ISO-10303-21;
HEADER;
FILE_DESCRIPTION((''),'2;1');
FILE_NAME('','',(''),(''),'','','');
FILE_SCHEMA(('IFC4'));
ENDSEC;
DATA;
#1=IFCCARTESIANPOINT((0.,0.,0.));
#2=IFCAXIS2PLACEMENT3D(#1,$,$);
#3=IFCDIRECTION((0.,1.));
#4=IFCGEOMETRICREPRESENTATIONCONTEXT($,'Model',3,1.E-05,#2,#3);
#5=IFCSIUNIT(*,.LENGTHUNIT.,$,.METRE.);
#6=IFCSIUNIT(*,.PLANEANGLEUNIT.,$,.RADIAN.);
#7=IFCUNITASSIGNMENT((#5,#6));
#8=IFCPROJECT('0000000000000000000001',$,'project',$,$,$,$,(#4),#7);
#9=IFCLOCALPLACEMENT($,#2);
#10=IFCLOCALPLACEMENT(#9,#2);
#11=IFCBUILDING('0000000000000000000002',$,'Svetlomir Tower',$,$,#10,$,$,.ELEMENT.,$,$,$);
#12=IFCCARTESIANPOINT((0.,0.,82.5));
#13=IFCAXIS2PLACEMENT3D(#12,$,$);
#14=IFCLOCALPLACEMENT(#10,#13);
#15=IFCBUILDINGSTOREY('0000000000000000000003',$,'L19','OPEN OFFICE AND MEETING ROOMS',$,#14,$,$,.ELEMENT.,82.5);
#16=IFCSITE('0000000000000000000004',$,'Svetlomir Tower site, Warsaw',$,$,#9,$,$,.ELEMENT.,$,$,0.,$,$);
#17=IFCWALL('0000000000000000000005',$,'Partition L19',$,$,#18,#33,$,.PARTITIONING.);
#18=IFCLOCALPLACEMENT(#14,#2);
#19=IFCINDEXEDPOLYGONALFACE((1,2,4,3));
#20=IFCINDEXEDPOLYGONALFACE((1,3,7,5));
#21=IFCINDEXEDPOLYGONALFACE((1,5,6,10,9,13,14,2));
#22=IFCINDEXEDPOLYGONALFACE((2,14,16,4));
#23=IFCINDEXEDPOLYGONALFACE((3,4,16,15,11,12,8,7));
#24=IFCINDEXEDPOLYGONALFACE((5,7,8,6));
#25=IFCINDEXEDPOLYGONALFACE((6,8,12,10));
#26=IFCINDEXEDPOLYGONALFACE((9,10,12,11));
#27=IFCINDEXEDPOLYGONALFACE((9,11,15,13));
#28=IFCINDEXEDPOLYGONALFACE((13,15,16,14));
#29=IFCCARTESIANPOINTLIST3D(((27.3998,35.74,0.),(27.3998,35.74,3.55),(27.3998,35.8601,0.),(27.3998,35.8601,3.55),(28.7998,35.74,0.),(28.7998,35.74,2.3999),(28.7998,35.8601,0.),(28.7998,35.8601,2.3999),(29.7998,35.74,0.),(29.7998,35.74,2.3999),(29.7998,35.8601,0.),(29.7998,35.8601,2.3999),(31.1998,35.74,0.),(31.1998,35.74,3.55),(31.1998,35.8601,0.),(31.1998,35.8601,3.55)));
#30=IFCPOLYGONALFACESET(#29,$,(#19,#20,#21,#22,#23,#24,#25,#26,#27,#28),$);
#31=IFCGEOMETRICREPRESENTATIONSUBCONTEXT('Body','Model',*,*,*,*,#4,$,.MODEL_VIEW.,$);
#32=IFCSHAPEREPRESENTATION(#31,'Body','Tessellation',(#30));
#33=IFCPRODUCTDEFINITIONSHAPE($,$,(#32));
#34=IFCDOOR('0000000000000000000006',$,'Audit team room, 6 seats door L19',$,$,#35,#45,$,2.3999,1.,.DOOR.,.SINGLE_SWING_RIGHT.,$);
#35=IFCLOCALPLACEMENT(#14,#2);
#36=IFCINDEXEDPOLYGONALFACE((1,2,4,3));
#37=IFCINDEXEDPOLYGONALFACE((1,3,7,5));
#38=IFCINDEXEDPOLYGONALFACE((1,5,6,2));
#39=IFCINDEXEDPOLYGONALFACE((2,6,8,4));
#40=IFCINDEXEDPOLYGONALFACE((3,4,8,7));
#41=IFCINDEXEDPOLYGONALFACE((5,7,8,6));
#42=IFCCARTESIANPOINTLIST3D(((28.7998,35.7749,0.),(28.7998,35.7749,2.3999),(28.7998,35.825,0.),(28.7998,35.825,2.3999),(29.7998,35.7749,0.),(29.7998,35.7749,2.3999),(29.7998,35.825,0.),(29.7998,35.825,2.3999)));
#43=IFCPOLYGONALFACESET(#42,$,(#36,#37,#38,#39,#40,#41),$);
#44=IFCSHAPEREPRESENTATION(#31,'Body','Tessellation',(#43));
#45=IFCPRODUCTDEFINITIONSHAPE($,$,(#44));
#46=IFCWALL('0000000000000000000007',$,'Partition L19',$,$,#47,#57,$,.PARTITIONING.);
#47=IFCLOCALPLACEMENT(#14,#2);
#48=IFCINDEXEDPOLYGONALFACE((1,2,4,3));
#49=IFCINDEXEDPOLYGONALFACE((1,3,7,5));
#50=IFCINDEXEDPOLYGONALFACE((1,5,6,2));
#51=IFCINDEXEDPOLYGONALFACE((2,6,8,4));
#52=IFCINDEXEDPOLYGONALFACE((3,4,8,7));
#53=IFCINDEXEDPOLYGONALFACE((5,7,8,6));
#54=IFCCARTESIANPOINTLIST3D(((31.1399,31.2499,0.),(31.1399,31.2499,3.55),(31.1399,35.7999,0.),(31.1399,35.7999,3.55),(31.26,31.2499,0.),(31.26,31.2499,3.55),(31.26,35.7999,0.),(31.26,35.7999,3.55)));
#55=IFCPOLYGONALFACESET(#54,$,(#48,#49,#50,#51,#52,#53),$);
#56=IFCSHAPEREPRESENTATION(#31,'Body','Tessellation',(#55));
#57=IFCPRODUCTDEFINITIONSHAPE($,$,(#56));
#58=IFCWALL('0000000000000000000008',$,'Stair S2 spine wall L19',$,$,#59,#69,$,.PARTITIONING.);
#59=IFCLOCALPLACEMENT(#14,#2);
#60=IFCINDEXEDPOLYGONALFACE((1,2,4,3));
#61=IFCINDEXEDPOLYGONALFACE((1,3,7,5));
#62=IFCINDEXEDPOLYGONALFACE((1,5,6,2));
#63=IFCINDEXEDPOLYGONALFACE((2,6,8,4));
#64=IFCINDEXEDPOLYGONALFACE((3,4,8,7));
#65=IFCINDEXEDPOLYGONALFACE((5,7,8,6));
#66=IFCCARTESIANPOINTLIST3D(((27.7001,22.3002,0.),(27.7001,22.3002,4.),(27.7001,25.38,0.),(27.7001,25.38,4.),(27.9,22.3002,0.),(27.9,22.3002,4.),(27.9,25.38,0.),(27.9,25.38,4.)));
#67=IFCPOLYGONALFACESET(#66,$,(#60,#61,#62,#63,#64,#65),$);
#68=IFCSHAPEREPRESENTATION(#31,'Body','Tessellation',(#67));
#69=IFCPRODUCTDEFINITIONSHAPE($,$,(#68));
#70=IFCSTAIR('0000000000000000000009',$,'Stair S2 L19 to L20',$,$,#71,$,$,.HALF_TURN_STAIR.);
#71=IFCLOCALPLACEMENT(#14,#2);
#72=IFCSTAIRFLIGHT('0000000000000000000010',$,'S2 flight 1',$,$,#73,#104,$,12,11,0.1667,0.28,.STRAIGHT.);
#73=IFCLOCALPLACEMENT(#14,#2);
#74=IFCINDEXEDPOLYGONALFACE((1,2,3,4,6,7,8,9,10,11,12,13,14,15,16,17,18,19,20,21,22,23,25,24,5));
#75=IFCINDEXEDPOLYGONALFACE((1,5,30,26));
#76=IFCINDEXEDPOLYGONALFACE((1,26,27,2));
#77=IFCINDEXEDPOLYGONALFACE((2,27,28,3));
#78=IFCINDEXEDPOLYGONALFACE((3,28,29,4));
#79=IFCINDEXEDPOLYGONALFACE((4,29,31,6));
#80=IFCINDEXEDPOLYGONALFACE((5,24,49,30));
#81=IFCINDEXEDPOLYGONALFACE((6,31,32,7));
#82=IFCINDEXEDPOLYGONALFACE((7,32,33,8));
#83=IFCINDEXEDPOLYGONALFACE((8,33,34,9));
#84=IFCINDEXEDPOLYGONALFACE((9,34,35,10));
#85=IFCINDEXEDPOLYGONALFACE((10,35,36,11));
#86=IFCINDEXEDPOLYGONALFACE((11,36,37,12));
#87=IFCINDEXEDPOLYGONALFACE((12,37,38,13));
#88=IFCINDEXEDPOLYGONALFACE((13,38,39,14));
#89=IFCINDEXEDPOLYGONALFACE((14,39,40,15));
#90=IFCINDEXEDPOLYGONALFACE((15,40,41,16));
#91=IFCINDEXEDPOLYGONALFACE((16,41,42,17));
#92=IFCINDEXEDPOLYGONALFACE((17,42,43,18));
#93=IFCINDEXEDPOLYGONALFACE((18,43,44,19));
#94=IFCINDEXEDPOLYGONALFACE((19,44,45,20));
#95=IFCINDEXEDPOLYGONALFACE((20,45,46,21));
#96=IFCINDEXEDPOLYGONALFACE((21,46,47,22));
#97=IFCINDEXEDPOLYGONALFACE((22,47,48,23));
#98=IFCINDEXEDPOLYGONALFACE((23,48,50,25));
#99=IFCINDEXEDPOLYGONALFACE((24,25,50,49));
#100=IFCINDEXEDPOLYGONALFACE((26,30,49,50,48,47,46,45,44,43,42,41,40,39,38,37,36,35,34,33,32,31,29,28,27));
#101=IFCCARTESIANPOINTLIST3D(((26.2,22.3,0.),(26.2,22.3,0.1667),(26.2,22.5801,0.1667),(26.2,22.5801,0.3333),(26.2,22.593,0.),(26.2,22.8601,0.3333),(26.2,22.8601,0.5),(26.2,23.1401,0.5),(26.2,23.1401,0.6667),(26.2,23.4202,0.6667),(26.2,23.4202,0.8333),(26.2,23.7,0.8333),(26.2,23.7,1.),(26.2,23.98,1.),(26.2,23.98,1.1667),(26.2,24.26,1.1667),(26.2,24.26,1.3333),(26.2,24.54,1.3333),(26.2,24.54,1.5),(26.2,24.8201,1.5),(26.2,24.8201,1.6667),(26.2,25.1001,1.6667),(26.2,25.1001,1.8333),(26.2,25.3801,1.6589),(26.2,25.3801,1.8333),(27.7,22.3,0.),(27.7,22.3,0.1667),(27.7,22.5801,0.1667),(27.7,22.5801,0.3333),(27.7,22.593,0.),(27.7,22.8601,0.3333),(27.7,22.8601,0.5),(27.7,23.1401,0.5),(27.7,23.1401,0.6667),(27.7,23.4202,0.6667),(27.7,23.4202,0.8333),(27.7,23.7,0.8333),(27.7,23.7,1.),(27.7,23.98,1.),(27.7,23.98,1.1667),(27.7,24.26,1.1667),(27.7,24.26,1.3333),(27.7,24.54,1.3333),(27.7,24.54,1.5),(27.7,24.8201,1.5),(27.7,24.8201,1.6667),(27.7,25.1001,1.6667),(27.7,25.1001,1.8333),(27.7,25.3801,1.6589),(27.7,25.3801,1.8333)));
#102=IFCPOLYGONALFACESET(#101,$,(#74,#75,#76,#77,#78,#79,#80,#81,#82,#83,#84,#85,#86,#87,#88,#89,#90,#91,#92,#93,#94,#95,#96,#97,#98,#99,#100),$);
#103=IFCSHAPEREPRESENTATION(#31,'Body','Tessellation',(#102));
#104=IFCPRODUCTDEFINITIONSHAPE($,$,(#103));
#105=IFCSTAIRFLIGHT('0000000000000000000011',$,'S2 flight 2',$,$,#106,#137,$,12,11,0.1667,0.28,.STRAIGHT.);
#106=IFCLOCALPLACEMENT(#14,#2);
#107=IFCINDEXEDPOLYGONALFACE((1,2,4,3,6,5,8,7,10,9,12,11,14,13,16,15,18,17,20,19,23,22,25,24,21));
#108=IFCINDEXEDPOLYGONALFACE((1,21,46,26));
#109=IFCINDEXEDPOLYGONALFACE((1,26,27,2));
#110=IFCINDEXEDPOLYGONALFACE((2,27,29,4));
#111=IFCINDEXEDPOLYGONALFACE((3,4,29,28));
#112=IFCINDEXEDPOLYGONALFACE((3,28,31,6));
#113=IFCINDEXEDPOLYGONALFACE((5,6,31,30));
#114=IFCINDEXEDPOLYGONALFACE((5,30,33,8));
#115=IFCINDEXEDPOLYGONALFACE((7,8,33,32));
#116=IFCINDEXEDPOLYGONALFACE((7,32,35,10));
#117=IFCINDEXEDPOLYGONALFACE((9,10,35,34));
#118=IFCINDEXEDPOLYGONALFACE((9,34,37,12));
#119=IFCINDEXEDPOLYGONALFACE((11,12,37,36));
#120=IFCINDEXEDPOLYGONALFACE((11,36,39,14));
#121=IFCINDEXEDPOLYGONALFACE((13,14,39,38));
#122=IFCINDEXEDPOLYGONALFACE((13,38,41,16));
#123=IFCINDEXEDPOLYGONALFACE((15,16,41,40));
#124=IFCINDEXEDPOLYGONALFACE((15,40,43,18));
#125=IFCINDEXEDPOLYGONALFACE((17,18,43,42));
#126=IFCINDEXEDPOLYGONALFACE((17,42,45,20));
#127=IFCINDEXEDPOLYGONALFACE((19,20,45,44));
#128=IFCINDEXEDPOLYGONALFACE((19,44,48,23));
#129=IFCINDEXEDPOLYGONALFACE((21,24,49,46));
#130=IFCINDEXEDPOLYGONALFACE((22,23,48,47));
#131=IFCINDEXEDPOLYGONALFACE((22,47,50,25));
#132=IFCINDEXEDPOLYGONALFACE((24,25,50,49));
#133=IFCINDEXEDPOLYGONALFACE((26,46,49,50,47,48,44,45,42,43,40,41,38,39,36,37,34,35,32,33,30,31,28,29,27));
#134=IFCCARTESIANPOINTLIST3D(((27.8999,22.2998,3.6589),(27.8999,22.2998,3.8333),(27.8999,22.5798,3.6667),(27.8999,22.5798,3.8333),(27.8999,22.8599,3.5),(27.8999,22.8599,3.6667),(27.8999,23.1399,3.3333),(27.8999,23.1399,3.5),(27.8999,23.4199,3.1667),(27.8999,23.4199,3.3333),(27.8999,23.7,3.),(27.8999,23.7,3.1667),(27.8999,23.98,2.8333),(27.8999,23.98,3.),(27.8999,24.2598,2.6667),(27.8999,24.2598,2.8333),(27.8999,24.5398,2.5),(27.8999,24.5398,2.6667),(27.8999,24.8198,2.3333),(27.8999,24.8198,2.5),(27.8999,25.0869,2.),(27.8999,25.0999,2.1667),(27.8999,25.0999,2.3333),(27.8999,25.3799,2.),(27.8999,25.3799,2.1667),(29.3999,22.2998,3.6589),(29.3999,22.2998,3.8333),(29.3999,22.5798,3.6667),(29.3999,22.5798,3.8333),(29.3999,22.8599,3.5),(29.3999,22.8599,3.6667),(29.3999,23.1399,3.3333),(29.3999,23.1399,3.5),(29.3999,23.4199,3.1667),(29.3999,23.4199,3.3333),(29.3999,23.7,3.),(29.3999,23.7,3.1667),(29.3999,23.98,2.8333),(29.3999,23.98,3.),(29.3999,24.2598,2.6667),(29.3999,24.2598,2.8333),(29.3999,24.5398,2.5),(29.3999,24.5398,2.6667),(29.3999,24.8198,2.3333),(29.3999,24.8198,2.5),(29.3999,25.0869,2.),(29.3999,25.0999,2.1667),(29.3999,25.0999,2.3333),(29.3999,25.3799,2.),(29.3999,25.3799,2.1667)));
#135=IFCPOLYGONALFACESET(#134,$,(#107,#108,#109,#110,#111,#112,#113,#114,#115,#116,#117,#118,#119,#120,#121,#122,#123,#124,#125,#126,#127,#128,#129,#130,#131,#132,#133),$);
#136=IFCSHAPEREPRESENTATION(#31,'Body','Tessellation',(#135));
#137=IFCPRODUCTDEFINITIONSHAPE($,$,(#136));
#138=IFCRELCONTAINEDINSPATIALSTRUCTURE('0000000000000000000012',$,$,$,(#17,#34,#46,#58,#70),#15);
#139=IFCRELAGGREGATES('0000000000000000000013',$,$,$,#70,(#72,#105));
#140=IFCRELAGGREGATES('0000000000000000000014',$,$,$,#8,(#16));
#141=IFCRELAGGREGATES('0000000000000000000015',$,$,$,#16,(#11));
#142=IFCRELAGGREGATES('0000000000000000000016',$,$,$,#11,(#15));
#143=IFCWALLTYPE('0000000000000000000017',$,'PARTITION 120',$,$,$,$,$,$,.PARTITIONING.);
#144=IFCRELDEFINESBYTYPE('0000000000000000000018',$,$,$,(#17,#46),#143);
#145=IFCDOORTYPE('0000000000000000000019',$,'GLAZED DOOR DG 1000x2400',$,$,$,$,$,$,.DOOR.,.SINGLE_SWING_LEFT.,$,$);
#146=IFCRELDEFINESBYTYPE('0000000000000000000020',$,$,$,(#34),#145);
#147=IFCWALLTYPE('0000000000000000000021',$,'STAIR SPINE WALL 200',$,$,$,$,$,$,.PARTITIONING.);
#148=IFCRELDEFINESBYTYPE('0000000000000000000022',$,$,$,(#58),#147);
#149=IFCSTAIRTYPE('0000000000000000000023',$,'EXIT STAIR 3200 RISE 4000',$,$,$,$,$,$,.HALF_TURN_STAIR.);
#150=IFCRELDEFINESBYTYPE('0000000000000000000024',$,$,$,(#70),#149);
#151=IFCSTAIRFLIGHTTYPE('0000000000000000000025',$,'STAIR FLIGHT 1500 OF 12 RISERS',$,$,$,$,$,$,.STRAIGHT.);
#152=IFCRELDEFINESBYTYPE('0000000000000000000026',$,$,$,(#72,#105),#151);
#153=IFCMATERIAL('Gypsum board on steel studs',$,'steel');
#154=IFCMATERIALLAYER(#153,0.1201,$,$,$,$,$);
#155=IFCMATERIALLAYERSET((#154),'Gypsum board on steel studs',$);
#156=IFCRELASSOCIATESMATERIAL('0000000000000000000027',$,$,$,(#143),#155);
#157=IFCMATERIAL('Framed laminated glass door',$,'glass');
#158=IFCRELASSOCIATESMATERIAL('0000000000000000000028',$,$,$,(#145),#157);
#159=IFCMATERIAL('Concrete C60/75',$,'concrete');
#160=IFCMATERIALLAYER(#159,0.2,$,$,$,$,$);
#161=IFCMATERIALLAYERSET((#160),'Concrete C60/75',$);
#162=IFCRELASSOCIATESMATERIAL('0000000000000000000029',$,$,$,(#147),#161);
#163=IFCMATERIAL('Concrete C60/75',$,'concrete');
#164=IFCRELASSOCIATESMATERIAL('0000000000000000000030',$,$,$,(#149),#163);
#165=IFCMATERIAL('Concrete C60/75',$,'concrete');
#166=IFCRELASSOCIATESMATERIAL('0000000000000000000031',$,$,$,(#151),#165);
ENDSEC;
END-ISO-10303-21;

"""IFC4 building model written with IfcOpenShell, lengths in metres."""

from ifc_helpers import new_model, si_unit, direction, frame, frame_2d, origin, place, context, subcontext, project, spatial, polyline, rectangle, outline, extrude, material, layer, layer_set, type_object, element, fill, aggregate, save


model = new_model("IFC4")

# Units and contexts
model_context = context("Model", 3, precision=1e-05, world=origin(), true_north=direction((0.0, 1.0)))
body_context = subcontext(model_context, "Body", "Model", "MODEL_VIEW")
ifc_project = project(units=[si_unit("LENGTHUNIT", "METRE"), si_unit("PLANEANGLEUNIT", "RADIAN")], contexts=[model_context])

# Site, building, storey
site_placement = place(None, origin())
site = spatial("IfcSite", under=ifc_project, at=site_placement, Name="Svetlomir Tower site, Warsaw", CompositionType="ELEMENT", RefElevation=0.0)
building_placement = place(site_placement, origin())
building = spatial("IfcBuilding", under=site, at=building_placement, Name="Svetlomir Tower", CompositionType="ELEMENT")
storey_placement = place(building_placement, frame((0.0, 0.0, 82.5)))
storey = spatial("IfcBuildingStorey", under=building, at=storey_placement, Name="L19", Description="OPEN OFFICE AND MEETING ROOMS", CompositionType="ELEMENT", Elevation=82.5)

# Shared definitions
ifc_material_1 = material(Name="Gypsum board on steel studs", Category="steel")
ifc_layer_1 = layer(ifc_material_1, 0.1201)
ifc_layer_set_1 = layer_set([ifc_layer_1], Name="Gypsum board on steel studs")
wall_type_1 = type_object("IfcWallType", Name="PARTITION 120", PredefinedType="PARTITIONING", material=ifc_layer_set_1)

# Shared definitions
ifc_material_2 = material(Name="Framed laminated glass door", Category="glass")
door_type_1 = type_object("IfcDoorType", Name="GLAZED DOOR DG 1000x2400", OperationType="SINGLE_SWING_LEFT", PredefinedType="DOOR", material=ifc_material_2)

# Wall, opening, door
wall_1_placement = place(storey_placement, frame((27.3999, 35.8, 0.0), z_axis=(0.0, 0.0, 1.0), x_axis=(1.0, 0.0, 0.0)))
wall_1 = element("IfcWall", 1, at=wall_1_placement, inside=storey, type_object=wall_type_1, Name="Partition L19", PredefinedType="PARTITIONING", context=body_context, shape_type="SweptSolid", body=[
    extrude(rectangle(XDim=3.8, YDim=0.1201, at=frame_2d((1.8999, 0.0))), origin(), (0.0, 0.0, 1.0), 3.55),
])
opening_1_placement = place(wall_1_placement, frame((1.3999, 0.0, 0.0)))
opening_1 = element("IfcOpeningElement", 2, at=opening_1_placement, cuts=wall_1, PredefinedType="OPENING", context=body_context, shape_type="SweptSolid", body=[
    extrude(rectangle(XDim=1.0, YDim=2.3999, at=frame_2d((0.5, 1.2))), frame((0.0, 0.0701, 0.0), z_axis=(0.0, -1.0, 0.0), x_axis=(1.0, 0.0, 0.0)), (0.0, 0.0, 1.0), 0.1401),
])
door_1_placement = place(opening_1_placement, origin())
door_1 = element("IfcDoor", 3, at=door_1_placement, inside=storey, type_object=door_type_1, Name="Audit team room, 6 seats door L19", OperationType="SINGLE_SWING_RIGHT", OverallHeight=2.3999, OverallWidth=1.0, PredefinedType="DOOR", context=body_context, shape_type="SweptSolid", body=[
    extrude(rectangle(XDim=1.0, YDim=2.3999, at=frame_2d((0.5, 1.2))), frame((0.0, 0.0249, 0.0), z_axis=(0.0, -1.0, 0.0), x_axis=(1.0, 0.0, 0.0)), (0.0, 0.0, 1.0), 0.05),
])
fill(opening_1, door_1)

# Walls
wall_2_placement = place(storey_placement, frame((31.2, 31.25, 0.0), z_axis=(0.0, 0.0, 1.0), x_axis=(0.0, 1.0, 0.0)))
element("IfcWall", 4, at=wall_2_placement, inside=storey, type_object=wall_type_1, Name="Partition L19", PredefinedType="PARTITIONING", context=body_context, shape_type="SweptSolid", body=[
    extrude(rectangle(XDim=4.55, YDim=0.1201, at=frame_2d((2.2749, 0.0))), origin(), (0.0, 0.0, 1.0), 3.55),
])
ifc_material_3 = material(Name="Concrete C60/75", Category="concrete")
ifc_layer_2 = layer(ifc_material_3, 0.2)
ifc_layer_set_2 = layer_set([ifc_layer_2], Name="Concrete C60/75")
wall_type_2 = type_object("IfcWallType", Name="STAIR SPINE WALL 200", PredefinedType="PARTITIONING", material=ifc_layer_set_2)
wall_3_placement = place(storey_placement, frame((27.8, 22.3, 0.0), z_axis=(0.0, 0.0, 1.0), x_axis=(0.0, 1.0, 0.0)))
element("IfcWall", 5, at=wall_3_placement, inside=storey, type_object=wall_type_2, Name="Stair S2 spine wall L19", PredefinedType="PARTITIONING", context=body_context, shape_type="SweptSolid", body=[
    extrude(rectangle(XDim=3.0798, YDim=0.2, at=frame_2d((1.54, 0.0))), origin(), (0.0, 0.0, 1.0), 4.0),
])

# Stair, stair flights
ifc_material_4 = material(Name="Concrete C60/75", Category="concrete")
stair_type = type_object("IfcStairType", Name="EXIT STAIR 3200 RISE 4000", PredefinedType="HALF_TURN_STAIR", material=ifc_material_4)
stair_placement = place(storey_placement, origin())
stair = element("IfcStair", 6, at=stair_placement, inside=storey, type_object=stair_type, Name="Stair S2 L19 to L20", PredefinedType="HALF_TURN_STAIR")
ifc_material_5 = material(Name="Concrete C60/75", Category="concrete")
stair_flight_type = type_object("IfcStairFlightType", Name="STAIR FLIGHT 1500 OF 12 RISERS", PredefinedType="STRAIGHT", material=ifc_material_5)
stair_flight_1_placement = place(storey_placement, frame((26.95, 22.3, 0.0), z_axis=(0.0, 0.0, 1.0), x_axis=(0.0, 1.0, 0.0)))
stair_flight_1 = element("IfcStairFlight", 7, at=stair_flight_1_placement, type_object=stair_flight_type, Name="S2 flight 1", NumberOfRisers=12, NumberOfTreads=11, PredefinedType="STRAIGHT", RiserHeight=0.1667, TreadLength=0.28, context=body_context, shape_type="SweptSolid", body=[
    extrude(outline(polyline([(0.0, 0.0), (0.0, 0.1667), (0.28, 0.1667), (0.28, 0.3333), (0.5601, 0.3333), (0.5601, 0.5), (0.8401, 0.5), (0.8401, 0.6667), (1.1201, 0.6667), (1.1201, 0.8333), (1.3999, 0.8333), (1.3999, 1.0), (1.6799, 1.0), (1.6799, 1.1667), (1.96, 1.1667), (1.96, 1.3333), (2.24, 1.3333), (2.24, 1.5), (2.52, 1.5), (2.52, 1.6667), (2.8, 1.6667), (2.8, 1.8333), (3.0801, 1.8333), (3.0801, 2.0), (3.0801, 1.6589), (0.293, 0.0), (0.0, 0.0)])), frame((0.0, 0.75, 0.0), z_axis=(0.0, -1.0, 0.0), x_axis=(1.0, 0.0, 0.0)), (0.0, 0.0, 1.0), 1.5),
])
stair_flight_2_placement = place(storey_placement, frame((28.6499, 25.3799, 2.0), z_axis=(0.0, 0.0, 1.0), x_axis=(0.0, -1.0, 0.0)))
stair_flight_2 = element("IfcStairFlight", 8, at=stair_flight_2_placement, type_object=stair_flight_type, Name="S2 flight 2", NumberOfRisers=12, NumberOfTreads=11, PredefinedType="STRAIGHT", RiserHeight=0.1667, TreadLength=0.28, context=body_context, shape_type="SweptSolid", body=[
    extrude(outline(polyline([(0.0, 0.0), (0.0, 0.1667), (0.28, 0.1667), (0.28, 0.3333), (0.5601, 0.3333), (0.5601, 0.5), (0.8401, 0.5), (0.8401, 0.6667), (1.1201, 0.6667), (1.1201, 0.8333), (1.3999, 0.8333), (1.3999, 1.0), (1.6799, 1.0), (1.6799, 1.1667), (1.96, 1.1667), (1.96, 1.3333), (2.24, 1.3333), (2.24, 1.5), (2.52, 1.5), (2.52, 1.6667), (2.8, 1.6667), (2.8, 1.8333), (3.0801, 1.8333), (3.0801, 2.0), (3.0801, 1.6589), (0.293, 0.0), (0.0, 0.0)])), frame((0.0, 0.75, 0.0), z_axis=(0.0, -1.0, 0.0), x_axis=(1.0, 0.0, 0.0)), (0.0, 0.0, 1.0), 1.5),
])
aggregate(stair, [stair_flight_1, stair_flight_2])

save(model, "model.ifc")
